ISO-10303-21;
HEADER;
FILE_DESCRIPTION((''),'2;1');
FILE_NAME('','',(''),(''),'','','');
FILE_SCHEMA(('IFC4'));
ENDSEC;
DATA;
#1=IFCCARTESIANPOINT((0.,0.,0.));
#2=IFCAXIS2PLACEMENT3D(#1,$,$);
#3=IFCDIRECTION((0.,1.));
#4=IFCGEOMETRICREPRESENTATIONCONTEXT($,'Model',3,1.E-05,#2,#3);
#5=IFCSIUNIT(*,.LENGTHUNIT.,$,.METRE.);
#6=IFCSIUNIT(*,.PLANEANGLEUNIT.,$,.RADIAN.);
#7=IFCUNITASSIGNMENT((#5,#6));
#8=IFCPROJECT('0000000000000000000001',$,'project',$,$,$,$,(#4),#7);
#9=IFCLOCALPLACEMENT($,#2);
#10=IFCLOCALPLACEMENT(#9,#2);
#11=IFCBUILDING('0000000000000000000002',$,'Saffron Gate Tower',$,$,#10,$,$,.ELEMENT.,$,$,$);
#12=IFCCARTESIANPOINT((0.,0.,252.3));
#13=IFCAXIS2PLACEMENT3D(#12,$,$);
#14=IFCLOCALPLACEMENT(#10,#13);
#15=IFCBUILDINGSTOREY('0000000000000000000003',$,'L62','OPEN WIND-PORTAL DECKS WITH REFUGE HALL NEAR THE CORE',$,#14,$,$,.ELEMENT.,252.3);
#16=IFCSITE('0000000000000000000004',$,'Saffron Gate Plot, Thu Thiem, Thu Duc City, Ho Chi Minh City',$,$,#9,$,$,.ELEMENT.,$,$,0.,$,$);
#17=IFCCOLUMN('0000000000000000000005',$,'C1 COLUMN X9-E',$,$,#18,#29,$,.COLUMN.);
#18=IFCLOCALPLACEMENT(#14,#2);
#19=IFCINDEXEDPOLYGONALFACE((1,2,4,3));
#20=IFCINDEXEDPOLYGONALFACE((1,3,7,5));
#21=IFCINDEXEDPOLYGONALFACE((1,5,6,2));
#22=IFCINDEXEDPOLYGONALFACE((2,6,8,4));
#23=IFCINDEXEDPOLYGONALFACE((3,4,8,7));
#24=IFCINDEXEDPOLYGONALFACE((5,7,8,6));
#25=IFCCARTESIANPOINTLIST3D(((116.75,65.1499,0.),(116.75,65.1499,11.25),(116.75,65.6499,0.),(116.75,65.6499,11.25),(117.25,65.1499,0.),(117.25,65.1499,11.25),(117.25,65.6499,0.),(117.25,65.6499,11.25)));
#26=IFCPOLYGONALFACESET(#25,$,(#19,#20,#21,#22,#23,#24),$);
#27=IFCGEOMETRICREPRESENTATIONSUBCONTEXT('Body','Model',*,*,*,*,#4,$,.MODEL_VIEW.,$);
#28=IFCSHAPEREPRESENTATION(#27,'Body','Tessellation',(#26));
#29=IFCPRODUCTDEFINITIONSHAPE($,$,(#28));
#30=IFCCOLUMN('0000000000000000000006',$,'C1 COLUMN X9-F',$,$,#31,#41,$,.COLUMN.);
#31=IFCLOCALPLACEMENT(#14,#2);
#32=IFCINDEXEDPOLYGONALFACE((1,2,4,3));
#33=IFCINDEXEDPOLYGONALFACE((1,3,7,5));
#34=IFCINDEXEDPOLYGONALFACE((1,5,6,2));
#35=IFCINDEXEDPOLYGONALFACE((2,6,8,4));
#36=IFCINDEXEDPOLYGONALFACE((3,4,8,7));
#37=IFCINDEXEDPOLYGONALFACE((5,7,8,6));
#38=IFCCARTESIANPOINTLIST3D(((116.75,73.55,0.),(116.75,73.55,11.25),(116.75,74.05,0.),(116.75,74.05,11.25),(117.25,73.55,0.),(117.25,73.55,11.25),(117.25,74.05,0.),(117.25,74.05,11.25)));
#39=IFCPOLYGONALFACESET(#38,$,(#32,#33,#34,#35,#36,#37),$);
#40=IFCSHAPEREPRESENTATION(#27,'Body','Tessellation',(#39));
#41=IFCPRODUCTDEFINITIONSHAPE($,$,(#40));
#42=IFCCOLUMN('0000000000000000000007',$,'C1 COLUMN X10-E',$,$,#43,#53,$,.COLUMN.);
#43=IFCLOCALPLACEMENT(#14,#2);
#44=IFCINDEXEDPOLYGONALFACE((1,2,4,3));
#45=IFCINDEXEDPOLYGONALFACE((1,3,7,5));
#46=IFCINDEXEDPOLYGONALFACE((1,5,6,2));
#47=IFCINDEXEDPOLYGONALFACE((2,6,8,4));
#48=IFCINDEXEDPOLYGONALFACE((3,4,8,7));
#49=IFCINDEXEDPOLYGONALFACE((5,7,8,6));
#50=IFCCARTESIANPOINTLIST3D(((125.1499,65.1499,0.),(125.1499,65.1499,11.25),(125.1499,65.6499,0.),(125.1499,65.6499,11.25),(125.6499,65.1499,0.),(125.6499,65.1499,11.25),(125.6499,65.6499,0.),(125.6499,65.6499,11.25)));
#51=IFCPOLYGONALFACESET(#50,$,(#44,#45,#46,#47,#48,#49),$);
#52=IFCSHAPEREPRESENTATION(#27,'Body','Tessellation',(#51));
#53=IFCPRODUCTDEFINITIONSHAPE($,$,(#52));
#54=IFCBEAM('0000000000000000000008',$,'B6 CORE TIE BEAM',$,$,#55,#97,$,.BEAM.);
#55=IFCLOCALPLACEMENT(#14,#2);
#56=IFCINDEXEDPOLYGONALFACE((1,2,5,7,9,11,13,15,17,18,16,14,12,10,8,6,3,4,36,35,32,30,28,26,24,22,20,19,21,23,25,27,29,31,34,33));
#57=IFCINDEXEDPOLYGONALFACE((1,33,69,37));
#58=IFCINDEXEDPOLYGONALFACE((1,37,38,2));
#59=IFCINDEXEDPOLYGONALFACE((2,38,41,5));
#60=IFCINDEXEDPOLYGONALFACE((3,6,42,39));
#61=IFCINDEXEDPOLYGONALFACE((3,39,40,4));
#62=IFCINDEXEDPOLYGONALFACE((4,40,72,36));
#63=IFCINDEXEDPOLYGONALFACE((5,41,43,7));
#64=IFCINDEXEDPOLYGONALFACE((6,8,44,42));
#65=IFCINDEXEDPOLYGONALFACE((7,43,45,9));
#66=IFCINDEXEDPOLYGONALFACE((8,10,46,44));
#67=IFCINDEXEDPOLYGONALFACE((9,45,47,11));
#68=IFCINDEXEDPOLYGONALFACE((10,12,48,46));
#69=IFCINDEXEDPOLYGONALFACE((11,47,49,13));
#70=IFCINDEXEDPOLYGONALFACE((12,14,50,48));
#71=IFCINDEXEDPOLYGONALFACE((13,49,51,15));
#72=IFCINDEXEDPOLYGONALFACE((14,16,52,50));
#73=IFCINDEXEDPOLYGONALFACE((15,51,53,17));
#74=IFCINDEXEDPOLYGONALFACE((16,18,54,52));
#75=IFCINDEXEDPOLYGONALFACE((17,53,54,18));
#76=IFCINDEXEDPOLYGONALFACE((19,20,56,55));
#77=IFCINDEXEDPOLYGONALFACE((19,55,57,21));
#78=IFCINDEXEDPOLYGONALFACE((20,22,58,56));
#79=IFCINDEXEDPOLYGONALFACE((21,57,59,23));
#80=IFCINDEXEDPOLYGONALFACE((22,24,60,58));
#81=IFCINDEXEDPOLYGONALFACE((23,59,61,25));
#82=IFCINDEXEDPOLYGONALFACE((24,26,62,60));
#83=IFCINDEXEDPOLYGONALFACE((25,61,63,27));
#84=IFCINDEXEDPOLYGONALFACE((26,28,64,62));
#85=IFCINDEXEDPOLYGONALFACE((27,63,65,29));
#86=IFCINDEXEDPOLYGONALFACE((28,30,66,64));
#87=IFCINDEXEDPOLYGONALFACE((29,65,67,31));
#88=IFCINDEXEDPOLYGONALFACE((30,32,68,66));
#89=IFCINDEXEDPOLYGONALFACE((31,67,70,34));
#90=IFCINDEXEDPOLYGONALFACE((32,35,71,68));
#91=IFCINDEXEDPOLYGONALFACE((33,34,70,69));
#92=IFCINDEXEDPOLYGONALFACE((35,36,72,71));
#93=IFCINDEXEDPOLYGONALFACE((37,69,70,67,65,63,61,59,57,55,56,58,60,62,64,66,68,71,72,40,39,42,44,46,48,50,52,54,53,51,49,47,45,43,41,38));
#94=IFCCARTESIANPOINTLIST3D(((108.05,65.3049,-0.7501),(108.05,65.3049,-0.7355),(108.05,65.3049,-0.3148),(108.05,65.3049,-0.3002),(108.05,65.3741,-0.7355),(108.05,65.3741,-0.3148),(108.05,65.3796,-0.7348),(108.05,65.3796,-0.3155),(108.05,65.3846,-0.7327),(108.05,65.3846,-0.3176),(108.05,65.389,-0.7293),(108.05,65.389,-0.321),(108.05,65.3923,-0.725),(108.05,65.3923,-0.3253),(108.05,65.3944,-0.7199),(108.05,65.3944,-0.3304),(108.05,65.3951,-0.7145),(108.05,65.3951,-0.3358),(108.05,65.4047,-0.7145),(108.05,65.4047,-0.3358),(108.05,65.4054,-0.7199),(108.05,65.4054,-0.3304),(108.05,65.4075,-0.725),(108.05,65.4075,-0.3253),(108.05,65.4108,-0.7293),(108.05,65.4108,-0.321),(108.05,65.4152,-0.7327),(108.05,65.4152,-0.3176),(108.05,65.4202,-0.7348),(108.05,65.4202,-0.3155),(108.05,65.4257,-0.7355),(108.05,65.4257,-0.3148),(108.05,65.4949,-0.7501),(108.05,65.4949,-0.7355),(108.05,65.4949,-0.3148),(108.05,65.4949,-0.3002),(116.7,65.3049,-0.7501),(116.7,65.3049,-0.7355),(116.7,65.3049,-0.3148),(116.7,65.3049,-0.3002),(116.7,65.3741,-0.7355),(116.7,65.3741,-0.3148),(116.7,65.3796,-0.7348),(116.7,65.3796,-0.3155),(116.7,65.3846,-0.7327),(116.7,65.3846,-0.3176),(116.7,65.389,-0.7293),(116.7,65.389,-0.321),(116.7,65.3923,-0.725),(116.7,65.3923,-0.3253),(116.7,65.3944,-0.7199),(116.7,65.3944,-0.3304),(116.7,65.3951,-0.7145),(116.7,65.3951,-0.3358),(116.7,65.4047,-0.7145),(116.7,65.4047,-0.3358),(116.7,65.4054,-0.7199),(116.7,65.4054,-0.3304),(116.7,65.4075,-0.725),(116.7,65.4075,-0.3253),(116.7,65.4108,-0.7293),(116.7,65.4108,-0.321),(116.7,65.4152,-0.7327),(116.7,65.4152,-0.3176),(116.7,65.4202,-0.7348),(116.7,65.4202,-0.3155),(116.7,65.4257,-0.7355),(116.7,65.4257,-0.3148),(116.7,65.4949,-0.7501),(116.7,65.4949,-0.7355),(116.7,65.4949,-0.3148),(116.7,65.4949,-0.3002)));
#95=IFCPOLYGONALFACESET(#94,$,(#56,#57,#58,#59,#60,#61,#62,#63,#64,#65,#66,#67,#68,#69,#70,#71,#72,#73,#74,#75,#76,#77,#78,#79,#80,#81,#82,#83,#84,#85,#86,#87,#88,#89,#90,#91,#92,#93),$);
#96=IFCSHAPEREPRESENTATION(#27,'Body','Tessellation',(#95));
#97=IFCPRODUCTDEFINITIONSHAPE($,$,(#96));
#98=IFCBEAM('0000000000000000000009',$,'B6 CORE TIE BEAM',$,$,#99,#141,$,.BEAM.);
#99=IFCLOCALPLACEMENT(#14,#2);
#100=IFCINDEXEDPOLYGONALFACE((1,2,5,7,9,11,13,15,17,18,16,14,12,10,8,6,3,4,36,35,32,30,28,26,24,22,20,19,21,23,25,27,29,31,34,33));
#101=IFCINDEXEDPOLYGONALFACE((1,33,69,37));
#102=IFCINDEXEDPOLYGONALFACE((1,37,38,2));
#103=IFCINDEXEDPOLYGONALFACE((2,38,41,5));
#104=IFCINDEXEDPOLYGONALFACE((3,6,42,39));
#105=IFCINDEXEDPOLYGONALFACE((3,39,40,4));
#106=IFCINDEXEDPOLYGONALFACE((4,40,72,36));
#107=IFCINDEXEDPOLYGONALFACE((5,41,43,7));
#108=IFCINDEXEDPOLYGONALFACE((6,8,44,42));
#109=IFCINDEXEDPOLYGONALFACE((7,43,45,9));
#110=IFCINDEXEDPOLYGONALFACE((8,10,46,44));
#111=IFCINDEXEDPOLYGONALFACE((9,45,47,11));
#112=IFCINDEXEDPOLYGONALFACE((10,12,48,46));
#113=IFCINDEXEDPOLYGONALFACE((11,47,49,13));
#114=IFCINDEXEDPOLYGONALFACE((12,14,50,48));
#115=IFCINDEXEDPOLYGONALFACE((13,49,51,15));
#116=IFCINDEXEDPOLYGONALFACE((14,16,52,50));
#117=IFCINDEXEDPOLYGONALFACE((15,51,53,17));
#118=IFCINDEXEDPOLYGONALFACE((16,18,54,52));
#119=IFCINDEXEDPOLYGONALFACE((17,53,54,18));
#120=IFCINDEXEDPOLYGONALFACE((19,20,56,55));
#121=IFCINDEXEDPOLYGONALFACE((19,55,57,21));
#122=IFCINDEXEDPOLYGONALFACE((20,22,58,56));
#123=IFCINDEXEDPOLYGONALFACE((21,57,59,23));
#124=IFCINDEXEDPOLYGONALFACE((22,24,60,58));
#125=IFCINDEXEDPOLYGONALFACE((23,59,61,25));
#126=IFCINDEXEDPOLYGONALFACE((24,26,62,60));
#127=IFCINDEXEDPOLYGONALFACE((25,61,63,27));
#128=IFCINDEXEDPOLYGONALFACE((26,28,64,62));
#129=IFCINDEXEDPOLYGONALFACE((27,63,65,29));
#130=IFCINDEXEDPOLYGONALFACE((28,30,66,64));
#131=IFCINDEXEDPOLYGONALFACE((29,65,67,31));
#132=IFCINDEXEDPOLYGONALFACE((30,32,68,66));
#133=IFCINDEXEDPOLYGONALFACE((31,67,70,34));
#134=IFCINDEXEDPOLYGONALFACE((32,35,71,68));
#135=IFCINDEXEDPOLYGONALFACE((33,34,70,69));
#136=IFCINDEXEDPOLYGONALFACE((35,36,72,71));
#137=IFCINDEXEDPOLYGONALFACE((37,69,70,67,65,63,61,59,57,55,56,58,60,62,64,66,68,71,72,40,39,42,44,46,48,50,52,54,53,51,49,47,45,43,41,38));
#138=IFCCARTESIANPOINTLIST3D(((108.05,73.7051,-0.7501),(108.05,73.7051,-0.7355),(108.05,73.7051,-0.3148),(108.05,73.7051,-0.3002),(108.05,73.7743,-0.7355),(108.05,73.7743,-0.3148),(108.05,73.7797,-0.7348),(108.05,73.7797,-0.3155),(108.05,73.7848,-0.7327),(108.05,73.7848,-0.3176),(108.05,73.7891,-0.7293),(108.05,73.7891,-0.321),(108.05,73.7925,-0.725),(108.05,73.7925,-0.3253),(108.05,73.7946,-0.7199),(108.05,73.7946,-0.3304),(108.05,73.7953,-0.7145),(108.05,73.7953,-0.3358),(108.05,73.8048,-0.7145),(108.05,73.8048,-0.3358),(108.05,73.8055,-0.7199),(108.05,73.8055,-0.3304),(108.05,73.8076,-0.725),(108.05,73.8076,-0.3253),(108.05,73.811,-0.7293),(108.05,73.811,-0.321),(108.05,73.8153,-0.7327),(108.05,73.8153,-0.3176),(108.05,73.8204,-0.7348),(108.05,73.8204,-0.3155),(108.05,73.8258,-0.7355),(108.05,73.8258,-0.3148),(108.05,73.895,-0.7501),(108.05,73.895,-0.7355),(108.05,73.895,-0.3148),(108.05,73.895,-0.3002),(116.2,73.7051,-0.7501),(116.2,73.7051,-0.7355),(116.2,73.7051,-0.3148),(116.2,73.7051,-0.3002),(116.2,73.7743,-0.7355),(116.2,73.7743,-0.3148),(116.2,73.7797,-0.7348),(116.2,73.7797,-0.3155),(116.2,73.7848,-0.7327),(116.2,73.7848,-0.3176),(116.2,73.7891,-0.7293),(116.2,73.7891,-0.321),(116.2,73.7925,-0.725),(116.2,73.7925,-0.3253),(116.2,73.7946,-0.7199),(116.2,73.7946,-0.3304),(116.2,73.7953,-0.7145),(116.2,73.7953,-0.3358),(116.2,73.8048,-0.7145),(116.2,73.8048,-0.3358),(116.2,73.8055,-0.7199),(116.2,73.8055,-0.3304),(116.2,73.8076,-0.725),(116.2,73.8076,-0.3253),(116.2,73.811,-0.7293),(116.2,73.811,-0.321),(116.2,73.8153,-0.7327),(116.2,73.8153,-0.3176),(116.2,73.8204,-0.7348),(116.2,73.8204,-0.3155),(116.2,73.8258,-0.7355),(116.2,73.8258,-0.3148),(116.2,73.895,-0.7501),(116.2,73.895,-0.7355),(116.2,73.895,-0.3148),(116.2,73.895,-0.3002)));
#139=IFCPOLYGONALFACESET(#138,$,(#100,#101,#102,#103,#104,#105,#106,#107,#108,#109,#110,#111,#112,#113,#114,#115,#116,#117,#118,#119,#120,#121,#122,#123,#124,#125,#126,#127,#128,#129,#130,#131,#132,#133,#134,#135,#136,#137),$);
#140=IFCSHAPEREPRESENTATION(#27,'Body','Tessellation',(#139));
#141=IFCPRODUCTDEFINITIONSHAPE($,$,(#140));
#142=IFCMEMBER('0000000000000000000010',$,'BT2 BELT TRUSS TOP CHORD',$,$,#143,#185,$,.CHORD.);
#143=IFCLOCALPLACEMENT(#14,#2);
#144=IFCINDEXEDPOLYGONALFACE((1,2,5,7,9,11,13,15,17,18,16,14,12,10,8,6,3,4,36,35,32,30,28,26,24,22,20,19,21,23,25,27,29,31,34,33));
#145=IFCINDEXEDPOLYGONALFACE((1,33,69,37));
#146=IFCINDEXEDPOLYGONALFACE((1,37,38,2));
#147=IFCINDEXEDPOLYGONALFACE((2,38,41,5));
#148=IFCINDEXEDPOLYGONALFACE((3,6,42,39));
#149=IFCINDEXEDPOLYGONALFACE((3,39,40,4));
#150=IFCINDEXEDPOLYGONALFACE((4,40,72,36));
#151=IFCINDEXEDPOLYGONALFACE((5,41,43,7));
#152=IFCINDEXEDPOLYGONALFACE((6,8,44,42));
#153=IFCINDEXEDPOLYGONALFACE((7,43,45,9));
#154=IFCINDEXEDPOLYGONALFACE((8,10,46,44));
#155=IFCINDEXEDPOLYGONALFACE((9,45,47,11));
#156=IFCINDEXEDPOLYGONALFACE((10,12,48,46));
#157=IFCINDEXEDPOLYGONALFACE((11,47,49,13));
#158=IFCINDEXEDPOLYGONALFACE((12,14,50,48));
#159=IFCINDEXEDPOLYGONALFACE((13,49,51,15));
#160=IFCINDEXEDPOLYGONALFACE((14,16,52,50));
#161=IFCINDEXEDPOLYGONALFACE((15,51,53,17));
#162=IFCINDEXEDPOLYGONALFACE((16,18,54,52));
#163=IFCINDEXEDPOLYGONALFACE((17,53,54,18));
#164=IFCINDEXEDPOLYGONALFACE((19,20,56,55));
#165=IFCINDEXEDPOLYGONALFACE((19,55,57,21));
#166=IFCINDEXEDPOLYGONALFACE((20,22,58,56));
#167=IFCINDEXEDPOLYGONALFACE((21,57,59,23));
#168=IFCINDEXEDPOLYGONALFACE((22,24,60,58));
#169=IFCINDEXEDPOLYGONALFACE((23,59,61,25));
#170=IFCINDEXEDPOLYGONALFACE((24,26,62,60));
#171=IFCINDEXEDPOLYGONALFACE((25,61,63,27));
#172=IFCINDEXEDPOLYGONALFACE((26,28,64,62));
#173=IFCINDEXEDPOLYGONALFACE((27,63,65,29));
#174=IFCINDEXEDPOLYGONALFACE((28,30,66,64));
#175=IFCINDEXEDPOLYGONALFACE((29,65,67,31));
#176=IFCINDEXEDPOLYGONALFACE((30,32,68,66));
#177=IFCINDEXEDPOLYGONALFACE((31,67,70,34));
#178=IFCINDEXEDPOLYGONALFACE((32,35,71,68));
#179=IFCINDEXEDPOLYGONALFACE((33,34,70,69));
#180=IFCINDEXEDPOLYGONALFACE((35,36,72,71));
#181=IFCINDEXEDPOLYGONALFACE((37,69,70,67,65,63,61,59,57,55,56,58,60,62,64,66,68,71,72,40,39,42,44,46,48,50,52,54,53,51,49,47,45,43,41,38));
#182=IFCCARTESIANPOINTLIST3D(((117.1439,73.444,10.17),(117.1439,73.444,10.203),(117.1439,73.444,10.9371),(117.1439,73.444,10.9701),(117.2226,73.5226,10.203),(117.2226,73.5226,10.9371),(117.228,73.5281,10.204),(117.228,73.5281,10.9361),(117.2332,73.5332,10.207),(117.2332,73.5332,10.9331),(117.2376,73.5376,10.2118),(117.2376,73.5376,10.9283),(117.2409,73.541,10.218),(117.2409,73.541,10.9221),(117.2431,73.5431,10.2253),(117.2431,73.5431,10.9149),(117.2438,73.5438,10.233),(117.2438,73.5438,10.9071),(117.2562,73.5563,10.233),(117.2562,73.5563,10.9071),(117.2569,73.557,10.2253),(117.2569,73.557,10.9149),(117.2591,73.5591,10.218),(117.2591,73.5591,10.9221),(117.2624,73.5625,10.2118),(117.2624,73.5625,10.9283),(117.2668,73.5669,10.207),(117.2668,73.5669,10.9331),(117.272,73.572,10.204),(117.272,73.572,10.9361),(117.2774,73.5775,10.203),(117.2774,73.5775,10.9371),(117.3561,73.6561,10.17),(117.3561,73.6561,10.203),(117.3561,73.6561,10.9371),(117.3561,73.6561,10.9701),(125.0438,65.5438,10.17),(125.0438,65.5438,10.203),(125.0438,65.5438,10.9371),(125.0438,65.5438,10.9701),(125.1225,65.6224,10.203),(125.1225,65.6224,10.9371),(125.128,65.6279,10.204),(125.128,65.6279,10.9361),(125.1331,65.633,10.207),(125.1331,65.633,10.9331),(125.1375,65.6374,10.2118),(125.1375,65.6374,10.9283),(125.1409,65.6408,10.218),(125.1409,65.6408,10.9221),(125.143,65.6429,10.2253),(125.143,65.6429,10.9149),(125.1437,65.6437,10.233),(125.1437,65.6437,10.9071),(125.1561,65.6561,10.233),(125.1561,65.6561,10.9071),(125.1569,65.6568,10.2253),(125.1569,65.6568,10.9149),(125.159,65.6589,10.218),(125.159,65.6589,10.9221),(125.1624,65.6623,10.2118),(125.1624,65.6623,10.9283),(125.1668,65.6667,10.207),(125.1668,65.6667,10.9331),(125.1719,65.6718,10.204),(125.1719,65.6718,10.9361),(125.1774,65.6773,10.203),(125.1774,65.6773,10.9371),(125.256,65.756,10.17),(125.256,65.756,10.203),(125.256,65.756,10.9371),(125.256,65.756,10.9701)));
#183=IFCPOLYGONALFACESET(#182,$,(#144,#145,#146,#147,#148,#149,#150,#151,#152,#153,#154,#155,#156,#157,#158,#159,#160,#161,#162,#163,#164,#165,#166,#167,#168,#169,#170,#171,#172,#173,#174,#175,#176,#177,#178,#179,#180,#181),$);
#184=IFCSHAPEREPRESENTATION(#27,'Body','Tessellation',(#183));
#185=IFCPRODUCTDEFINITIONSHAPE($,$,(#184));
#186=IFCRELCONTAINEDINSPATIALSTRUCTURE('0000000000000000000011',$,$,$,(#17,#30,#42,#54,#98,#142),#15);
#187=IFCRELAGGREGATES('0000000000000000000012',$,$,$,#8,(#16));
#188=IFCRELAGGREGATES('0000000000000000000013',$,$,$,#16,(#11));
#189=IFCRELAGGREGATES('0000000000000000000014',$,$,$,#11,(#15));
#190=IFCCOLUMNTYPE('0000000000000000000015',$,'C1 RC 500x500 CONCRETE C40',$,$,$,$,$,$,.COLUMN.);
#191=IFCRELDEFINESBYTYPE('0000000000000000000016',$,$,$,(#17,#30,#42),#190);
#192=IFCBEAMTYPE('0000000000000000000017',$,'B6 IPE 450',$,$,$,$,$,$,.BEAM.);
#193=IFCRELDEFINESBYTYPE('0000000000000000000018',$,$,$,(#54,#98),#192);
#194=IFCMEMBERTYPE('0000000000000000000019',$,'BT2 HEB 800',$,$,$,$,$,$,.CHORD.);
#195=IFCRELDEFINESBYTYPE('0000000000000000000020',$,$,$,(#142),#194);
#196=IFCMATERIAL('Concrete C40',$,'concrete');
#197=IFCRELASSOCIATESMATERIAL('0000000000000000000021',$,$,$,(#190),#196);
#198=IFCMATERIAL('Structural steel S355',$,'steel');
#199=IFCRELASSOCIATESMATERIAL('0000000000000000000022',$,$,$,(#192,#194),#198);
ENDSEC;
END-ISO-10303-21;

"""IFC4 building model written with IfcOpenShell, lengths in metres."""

from ifc_helpers import new_model, si_unit, direction, frame, origin, origin_2d, place, context, subcontext, project, spatial, rectangle, i_section, extrude, material, material_profile, profile_set, type_object, element, save


model = new_model("IFC4")

# Units and contexts
model_context = context("Model", 3, precision=1e-05, world=origin(), true_north=direction((0.0, 1.0)))
body_context = subcontext(model_context, "Body", "Model", "MODEL_VIEW")
ifc_project = project(units=[si_unit("LENGTHUNIT", "METRE"), si_unit("PLANEANGLEUNIT", "RADIAN")], contexts=[model_context])

# Site, building, storey
site_placement = place(None, origin())
site = spatial("IfcSite", under=ifc_project, at=site_placement, Name="Saffron Gate Plot, Thu Thiem, Thu Duc City, Ho Chi Minh City", CompositionType="ELEMENT", RefElevation=0.0)
building_placement = place(site_placement, origin())
building = spatial("IfcBuilding", under=site, at=building_placement, Name="Saffron Gate Tower", CompositionType="ELEMENT")
storey_placement = place(building_placement, frame((0.0, 0.0, 252.3)))
storey = spatial("IfcBuildingStorey", under=building, at=storey_placement, Name="L62", Description="OPEN WIND-PORTAL DECKS WITH REFUGE HALL NEAR THE CORE", CompositionType="ELEMENT", Elevation=252.3)

# Columns
ifc_material_1 = material(Name="Concrete C40", Category="concrete")
ifc_material_profile_1 = material_profile(ifc_material_1, rectangle(XDim=0.5, YDim=0.5, at=origin_2d()))
ifc_profile_set_1 = profile_set([ifc_material_profile_1], Name="Concrete C40")
column_type = type_object("IfcColumnType", Name="C1 RC 500x500 CONCRETE C40", PredefinedType="COLUMN", material=ifc_profile_set_1)
for number, where, z_axis, x_axis, name in (
    (1, (117.0, 65.3999, 0.0), (0.0, 0.0, 1.0), (1.0, 0.0, 0.0), "C1 COLUMN X9-E"),
    (2, (117.0, 73.8, 0.0), (0.0, 0.0, 1.0), (1.0, 0.0, 0.0), "C1 COLUMN X9-F"),
    (3, (125.3999, 65.3999, 0.0), (0.0, 0.0, 1.0), (1.0, 0.0, 0.0), "C1 COLUMN X10-E"),
):
    element("IfcColumn", number, at=place(storey_placement, frame(where, z_axis=z_axis, x_axis=x_axis)), inside=storey, type_object=column_type, Name=name, PredefinedType="COLUMN", context=body_context, shape_type="SweptSolid", body=[
        extrude(rectangle(XDim=0.5, YDim=0.5, at=origin_2d()), origin(), (0.0, 0.0, 1.0), 11.25),
    ])

# Beams
ifc_material_2 = material(Name="Structural steel S355", Category="steel")
ifc_material_profile_2 = material_profile(ifc_material_2, i_section(OverallWidth=0.1899, OverallDepth=0.45, WebThickness=0.0095, FlangeThickness=0.0146, FilletRadius=0.021, at=origin_2d()))
ifc_profile_set_2 = profile_set([ifc_material_profile_2], Name="Structural steel S355")
beam_type_1 = type_object("IfcBeamType", Name="B6 IPE 450", PredefinedType="BEAM", material=ifc_profile_set_2)
beam_1_placement = place(storey_placement, frame((116.7, 65.3999, -0.5251), z_axis=(-1.0, 0.0, 0.0), x_axis=(0.0, -1.0, 0.0)))
element("IfcBeam", 4, at=beam_1_placement, inside=storey, type_object=beam_type_1, Name="B6 CORE TIE BEAM", PredefinedType="BEAM", context=body_context, shape_type="SweptSolid", body=[
    extrude(i_section(OverallWidth=0.1899, OverallDepth=0.45, WebThickness=0.0095, FlangeThickness=0.0146, FilletRadius=0.021, at=origin_2d()), origin(), (0.0, 0.0, 1.0), 8.6499),
])
beam_2_placement = place(storey_placement, frame((116.2, 73.8, -0.5251), z_axis=(-1.0, 0.0, 0.0), x_axis=(0.0, -1.0, 0.0)))
element("IfcBeam", 5, at=beam_2_placement, inside=storey, type_object=beam_type_1, Name="B6 CORE TIE BEAM", PredefinedType="BEAM", context=body_context, shape_type="SweptSolid", body=[
    extrude(i_section(OverallWidth=0.1899, OverallDepth=0.45, WebThickness=0.0095, FlangeThickness=0.0146, FilletRadius=0.021, at=origin_2d()), origin(), (0.0, 0.0, 1.0), 8.1499),
])

# Member
ifc_material_profile_3 = material_profile(ifc_material_2, i_section(OverallWidth=0.3, OverallDepth=0.8, WebThickness=0.0176, FlangeThickness=0.033, FilletRadius=0.03, at=origin_2d()))
ifc_profile_set_3 = profile_set([ifc_material_profile_3], Name="Structural steel S355")
member_type_1 = type_object("IfcMemberType", Name="BT2 HEB 800", PredefinedType="CHORD", material=ifc_profile_set_3)
for number, where, z_axis, x_axis, name in (
    (6, (117.25, 73.55, 10.5701), (0.707096, -0.707118, 0.0), (0.707118, 0.707096, 0.0), "BT2 BELT TRUSS TOP CHORD"),
):
    element("IfcMember", number, at=place(storey_placement, frame(where, z_axis=z_axis, x_axis=x_axis)), inside=storey, type_object=member_type_1, Name=name, PredefinedType="CHORD", context=body_context, shape_type="SweptSolid", body=[
        extrude(i_section(OverallWidth=0.3, OverallDepth=0.8, WebThickness=0.0176, FlangeThickness=0.033, FilletRadius=0.03, at=origin_2d()), origin(), (0.0, 0.0, 1.0), 11.1724),
    ])

save(model, "model.ifc")
